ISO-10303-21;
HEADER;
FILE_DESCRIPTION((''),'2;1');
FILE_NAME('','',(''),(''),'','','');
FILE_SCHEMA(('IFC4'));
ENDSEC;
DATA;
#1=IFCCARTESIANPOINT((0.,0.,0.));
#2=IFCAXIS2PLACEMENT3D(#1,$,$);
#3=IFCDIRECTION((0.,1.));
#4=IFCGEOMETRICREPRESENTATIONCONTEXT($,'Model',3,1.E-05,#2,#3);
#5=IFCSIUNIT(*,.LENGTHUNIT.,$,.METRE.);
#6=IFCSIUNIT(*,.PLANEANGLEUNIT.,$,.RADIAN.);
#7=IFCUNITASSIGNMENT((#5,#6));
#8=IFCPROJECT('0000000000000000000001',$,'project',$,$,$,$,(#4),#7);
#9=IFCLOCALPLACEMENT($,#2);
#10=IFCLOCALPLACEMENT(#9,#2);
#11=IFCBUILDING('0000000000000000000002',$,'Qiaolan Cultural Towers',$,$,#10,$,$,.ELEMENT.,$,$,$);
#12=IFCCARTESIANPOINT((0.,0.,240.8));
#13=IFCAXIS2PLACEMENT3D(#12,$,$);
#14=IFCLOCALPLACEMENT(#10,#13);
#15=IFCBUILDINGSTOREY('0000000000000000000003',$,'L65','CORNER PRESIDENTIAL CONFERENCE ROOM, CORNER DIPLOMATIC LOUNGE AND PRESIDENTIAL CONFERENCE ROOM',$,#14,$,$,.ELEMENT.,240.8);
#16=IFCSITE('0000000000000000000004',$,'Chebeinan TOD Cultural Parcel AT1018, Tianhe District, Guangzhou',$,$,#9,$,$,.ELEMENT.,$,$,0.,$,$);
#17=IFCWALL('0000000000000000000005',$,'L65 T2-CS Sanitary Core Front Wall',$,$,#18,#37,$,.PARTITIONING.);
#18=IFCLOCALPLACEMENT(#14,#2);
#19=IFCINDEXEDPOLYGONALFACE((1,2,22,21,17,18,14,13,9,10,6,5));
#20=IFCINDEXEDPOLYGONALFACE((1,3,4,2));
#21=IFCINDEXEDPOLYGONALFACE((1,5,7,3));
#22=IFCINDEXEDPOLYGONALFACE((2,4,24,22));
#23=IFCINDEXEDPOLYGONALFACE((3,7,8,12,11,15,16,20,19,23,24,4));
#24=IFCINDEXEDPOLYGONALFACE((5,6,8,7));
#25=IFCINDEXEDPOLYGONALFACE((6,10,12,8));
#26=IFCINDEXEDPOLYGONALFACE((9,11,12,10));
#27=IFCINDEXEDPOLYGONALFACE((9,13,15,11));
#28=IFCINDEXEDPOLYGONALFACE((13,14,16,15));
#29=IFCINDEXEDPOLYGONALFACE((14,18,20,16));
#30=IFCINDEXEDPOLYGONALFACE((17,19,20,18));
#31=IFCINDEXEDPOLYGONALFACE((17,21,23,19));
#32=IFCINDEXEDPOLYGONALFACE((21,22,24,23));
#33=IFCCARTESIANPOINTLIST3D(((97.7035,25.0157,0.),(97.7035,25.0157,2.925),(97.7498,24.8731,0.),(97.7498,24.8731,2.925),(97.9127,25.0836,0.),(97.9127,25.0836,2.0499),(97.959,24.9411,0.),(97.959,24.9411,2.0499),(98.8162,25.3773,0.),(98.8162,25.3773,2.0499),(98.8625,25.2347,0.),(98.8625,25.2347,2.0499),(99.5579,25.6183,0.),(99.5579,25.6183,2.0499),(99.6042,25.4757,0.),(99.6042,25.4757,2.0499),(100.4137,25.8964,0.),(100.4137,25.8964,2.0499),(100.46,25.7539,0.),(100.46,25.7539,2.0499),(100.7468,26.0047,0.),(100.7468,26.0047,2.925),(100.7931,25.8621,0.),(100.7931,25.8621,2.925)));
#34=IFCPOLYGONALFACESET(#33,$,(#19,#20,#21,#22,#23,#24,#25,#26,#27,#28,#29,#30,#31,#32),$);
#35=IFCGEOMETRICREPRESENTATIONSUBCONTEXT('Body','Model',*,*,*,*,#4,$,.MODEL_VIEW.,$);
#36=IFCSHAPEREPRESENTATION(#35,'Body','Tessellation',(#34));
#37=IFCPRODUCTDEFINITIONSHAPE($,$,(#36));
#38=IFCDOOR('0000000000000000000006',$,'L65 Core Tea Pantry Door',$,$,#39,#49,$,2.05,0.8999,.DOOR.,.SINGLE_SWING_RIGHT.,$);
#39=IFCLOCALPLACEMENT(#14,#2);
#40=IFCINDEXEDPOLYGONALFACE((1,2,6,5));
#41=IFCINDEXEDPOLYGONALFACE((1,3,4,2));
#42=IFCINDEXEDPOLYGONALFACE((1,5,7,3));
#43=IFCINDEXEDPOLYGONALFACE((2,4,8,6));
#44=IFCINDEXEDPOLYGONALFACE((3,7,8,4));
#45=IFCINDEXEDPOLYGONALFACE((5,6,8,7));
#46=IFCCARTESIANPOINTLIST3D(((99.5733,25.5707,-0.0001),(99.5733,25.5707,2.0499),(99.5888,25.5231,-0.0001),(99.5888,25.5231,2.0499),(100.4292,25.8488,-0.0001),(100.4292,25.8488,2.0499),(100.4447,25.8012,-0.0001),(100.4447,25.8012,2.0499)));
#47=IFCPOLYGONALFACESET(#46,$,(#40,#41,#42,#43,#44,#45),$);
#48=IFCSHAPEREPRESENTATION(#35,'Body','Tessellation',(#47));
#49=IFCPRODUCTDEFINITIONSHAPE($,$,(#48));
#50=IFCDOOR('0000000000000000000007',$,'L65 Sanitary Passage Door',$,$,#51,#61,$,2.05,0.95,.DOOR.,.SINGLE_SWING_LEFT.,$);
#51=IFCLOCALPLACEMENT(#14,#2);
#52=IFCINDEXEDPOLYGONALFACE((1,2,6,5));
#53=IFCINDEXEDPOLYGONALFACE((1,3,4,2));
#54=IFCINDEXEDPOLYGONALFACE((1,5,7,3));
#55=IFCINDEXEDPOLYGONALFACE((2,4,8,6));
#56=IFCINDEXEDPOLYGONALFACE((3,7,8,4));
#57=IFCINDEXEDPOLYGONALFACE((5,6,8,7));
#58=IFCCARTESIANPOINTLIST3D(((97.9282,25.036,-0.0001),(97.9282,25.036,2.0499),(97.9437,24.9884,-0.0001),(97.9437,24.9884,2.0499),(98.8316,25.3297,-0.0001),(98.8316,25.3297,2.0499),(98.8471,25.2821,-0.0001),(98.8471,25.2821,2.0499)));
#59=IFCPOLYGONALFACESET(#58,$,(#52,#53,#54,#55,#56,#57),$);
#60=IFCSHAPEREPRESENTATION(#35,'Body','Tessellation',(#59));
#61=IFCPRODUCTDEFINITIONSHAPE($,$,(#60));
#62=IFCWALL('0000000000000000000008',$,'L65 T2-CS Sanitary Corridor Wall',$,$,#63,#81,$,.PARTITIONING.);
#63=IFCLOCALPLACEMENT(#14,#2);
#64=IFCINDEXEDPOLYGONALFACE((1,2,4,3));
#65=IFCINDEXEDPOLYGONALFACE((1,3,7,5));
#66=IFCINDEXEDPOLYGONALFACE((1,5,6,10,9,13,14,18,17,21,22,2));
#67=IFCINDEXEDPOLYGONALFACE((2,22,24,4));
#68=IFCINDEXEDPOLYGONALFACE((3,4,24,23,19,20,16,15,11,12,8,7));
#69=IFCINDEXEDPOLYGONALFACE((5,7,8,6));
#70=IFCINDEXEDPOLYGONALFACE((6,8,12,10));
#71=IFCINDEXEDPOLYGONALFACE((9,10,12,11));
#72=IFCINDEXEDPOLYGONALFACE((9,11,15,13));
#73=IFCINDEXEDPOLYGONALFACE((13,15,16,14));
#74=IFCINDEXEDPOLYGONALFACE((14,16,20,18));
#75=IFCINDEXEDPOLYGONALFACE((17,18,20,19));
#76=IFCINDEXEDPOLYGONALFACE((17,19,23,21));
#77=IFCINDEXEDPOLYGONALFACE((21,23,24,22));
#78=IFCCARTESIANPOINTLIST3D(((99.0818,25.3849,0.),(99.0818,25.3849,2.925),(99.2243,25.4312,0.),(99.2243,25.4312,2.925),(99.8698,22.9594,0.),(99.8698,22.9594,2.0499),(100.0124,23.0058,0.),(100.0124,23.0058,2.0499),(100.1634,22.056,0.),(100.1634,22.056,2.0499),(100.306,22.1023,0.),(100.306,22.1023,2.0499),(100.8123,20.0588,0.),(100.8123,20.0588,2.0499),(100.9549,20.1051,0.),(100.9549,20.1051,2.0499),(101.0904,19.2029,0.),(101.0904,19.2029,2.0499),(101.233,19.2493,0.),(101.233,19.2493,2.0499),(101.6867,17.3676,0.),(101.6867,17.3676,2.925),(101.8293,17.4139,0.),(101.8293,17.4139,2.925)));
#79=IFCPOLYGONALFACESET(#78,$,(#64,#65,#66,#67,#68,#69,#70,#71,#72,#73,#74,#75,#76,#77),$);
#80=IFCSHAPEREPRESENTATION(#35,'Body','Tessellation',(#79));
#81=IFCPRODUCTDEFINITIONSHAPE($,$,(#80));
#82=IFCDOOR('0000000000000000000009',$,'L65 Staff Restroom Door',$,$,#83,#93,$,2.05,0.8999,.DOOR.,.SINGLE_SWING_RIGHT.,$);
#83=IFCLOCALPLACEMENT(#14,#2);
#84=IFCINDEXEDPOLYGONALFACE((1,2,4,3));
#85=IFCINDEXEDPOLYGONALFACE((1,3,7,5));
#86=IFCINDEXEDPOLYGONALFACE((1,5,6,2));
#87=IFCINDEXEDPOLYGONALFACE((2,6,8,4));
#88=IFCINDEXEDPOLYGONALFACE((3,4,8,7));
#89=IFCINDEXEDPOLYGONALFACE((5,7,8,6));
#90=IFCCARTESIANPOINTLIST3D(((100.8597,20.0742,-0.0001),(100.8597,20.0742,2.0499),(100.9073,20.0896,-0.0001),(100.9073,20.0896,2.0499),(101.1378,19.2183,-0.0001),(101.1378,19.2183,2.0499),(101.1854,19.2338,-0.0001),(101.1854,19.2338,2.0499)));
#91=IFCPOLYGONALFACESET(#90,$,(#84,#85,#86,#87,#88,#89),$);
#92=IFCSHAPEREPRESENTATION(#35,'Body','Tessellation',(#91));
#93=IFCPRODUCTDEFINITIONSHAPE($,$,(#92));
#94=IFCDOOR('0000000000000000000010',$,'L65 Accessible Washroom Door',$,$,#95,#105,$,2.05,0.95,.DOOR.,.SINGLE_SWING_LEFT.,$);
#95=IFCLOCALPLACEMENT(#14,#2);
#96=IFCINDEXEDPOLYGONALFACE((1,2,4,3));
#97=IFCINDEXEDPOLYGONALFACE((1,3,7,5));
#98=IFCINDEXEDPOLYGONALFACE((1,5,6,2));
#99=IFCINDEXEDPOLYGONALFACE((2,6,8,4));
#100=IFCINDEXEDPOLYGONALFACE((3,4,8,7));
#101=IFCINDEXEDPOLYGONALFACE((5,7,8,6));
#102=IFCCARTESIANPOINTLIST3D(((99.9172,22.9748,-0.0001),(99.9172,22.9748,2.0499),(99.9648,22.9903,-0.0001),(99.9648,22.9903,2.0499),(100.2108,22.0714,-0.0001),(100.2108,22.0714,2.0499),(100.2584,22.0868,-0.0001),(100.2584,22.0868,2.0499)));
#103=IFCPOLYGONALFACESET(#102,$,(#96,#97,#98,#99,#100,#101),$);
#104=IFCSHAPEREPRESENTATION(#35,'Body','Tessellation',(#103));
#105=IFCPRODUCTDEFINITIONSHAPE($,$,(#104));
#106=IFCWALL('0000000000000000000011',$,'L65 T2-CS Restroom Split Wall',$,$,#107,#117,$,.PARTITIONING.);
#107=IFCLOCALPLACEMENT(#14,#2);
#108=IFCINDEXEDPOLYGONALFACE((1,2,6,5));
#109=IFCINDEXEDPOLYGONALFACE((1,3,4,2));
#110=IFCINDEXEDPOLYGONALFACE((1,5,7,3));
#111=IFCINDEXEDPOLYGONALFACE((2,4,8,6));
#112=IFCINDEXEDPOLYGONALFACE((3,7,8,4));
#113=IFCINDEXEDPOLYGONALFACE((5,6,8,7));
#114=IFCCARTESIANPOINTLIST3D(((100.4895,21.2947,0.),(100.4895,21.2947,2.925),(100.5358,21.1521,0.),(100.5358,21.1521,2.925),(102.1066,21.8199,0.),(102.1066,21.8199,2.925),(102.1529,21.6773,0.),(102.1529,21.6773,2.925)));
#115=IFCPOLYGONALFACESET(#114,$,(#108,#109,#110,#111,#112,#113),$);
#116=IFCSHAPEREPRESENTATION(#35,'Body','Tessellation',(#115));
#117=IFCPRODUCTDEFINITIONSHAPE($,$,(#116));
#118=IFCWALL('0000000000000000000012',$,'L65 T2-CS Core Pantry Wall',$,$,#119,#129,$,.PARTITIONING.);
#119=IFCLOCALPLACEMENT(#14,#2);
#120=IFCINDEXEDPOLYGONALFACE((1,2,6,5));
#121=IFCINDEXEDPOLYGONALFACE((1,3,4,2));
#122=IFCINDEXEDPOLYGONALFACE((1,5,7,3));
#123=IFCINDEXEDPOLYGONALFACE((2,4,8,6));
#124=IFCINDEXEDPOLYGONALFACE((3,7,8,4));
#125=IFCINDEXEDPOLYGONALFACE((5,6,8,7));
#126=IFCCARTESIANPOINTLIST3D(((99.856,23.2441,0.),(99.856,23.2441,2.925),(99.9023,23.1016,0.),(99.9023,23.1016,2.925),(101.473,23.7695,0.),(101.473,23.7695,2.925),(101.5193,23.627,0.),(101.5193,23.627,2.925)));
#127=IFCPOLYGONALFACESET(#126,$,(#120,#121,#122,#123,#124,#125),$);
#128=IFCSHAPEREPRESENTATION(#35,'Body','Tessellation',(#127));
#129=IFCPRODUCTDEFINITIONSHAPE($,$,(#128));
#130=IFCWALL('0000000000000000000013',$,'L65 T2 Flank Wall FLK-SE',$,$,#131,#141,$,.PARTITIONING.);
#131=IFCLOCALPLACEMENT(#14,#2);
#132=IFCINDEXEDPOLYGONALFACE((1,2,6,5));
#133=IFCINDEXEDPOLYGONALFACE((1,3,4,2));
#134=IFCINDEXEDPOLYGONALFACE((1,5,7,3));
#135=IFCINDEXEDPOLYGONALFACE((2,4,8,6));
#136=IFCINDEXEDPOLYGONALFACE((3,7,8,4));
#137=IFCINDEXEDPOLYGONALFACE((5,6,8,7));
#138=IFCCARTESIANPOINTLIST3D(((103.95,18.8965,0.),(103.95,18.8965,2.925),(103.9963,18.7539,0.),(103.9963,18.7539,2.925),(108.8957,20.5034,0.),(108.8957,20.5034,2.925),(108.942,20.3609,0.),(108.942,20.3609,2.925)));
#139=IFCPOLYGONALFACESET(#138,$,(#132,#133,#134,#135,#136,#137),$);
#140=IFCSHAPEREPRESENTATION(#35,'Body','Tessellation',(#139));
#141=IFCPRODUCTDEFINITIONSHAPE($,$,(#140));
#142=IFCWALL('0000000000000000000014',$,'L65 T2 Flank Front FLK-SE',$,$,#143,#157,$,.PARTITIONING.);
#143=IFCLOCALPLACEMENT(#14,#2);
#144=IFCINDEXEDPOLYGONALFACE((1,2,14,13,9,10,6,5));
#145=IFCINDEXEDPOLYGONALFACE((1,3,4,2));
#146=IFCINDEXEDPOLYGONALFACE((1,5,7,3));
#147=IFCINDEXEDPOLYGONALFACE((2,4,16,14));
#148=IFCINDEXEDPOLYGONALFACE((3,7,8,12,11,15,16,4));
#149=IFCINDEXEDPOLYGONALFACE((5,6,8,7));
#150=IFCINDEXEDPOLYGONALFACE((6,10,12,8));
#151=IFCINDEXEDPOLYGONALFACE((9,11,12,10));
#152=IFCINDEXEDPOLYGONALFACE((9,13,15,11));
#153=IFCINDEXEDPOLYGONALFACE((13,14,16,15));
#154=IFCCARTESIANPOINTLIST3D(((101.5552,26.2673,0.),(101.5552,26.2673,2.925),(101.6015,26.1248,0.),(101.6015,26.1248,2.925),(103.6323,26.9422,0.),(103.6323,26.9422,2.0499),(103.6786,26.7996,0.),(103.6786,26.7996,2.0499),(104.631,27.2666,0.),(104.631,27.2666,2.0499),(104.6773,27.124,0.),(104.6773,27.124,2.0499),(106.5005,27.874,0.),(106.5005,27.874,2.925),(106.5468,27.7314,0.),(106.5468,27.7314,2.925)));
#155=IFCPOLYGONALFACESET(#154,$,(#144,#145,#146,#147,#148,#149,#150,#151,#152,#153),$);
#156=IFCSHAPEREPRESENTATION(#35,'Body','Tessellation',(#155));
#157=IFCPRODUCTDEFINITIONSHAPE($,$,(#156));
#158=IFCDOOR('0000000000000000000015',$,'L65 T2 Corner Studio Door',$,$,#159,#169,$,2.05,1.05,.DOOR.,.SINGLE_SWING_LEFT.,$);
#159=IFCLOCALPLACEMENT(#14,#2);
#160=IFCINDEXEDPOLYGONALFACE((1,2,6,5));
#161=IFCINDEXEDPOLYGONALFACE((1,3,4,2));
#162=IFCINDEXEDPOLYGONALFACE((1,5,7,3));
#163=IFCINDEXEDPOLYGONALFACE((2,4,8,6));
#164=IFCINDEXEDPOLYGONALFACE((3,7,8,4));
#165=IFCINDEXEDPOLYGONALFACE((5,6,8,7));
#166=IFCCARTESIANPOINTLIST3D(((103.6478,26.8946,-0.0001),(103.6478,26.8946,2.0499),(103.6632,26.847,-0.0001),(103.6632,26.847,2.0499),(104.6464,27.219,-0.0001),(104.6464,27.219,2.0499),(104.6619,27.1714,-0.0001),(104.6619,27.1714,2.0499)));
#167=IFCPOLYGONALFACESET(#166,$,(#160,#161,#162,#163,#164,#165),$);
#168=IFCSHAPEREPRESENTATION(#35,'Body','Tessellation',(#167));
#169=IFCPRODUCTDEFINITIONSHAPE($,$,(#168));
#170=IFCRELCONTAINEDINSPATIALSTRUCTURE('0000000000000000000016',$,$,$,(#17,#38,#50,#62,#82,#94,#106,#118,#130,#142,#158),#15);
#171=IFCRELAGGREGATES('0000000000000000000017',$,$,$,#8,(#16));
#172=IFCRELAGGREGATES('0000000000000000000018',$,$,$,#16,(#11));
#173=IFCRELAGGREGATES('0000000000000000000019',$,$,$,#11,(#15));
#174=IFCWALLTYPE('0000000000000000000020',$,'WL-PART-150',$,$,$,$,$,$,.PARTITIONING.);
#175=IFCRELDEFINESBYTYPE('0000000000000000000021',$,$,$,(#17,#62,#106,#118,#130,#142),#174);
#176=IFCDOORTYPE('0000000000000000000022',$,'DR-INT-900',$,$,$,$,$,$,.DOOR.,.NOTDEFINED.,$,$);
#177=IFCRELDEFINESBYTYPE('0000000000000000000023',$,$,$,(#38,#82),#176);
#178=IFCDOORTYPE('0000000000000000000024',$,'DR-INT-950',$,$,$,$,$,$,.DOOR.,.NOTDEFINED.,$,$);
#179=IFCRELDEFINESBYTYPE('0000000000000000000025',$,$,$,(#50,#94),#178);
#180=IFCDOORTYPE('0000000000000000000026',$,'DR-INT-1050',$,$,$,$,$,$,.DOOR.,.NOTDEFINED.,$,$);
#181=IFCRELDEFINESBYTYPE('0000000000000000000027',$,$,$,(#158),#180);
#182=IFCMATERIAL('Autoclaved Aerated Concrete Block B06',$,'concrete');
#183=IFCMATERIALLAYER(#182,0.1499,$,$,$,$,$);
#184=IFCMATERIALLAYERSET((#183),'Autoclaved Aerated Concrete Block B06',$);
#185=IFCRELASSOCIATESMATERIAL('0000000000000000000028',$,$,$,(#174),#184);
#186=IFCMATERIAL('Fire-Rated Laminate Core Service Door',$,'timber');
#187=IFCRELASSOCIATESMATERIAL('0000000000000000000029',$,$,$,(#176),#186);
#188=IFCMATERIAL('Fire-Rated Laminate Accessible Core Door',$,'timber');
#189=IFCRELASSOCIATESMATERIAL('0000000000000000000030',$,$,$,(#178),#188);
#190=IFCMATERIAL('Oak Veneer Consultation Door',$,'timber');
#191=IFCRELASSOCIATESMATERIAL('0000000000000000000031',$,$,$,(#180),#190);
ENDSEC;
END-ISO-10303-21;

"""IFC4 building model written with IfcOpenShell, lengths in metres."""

from ifc_helpers import new_model, si_unit, direction, frame, frame_2d, origin, place, context, subcontext, project, spatial, rectangle, extrude, material, layer, layer_set, type_object, element, fill, save


model = new_model("IFC4")

# Units and contexts
model_context = context("Model", 3, precision=1e-05, world=origin(), true_north=direction((0.0, 1.0)))
body_context = subcontext(model_context, "Body", "Model", "MODEL_VIEW")
ifc_project = project(units=[si_unit("LENGTHUNIT", "METRE"), si_unit("PLANEANGLEUNIT", "RADIAN")], contexts=[model_context])

# Site, building, storey
site_placement = place(None, origin())
site = spatial("IfcSite", under=ifc_project, at=site_placement, Name="Chebeinan TOD Cultural Parcel AT1018, Tianhe District, Guangzhou", CompositionType="ELEMENT", RefElevation=0.0)
building_placement = place(site_placement, origin())
building = spatial("IfcBuilding", under=site, at=building_placement, Name="Qiaolan Cultural Towers", CompositionType="ELEMENT")
storey_placement = place(building_placement, frame((0.0, 0.0, 240.8)))
storey = spatial("IfcBuildingStorey", under=building, at=storey_placement, Name="L65", Description="CORNER PRESIDENTIAL CONFERENCE ROOM, CORNER DIPLOMATIC LOUNGE AND PRESIDENTIAL CONFERENCE ROOM", CompositionType="ELEMENT", Elevation=240.8)

# Walls, openings, doors
ifc_material_1 = material(Name="Autoclaved Aerated Concrete Block B06", Category="concrete")
ifc_layer_1 = layer(ifc_material_1, 0.1499)
ifc_layer_set_1 = layer_set([ifc_layer_1], Name="Autoclaved Aerated Concrete Block B06")
wall_type_1 = type_object("IfcWallType", Name="WL-PART-150", PredefinedType="PARTITIONING", material=ifc_layer_set_1)
wall_1_placement = place(storey_placement, frame((97.7266, 24.9443, 0.0), z_axis=(0.0, 0.0, 1.0), x_axis=(0.951037, 0.309077, 0.0)))
wall_1 = element("IfcWall", 1, at=wall_1_placement, inside=storey, type_object=wall_type_1, Name="L65 T2-CS Sanitary Core Front Wall", PredefinedType="PARTITIONING", context=body_context, shape_type="SweptSolid", body=[
    extrude(rectangle(XDim=3.2, YDim=0.1499, at=frame_2d((1.6001, 0.0))), origin(), (0.0, 0.0, 1.0), 2.925),
])
opening_1_placement = place(wall_1_placement, frame((0.22, 0.0, 0.0)))
opening_1 = element("IfcOpeningElement", 2, at=opening_1_placement, cuts=wall_1, PredefinedType="OPENING", context=body_context, shape_type="SweptSolid", body=[
    extrude(rectangle(XDim=0.95, YDim=2.05, at=frame_2d((0.4751, 1.0249))), frame((0.0, 0.085, 0.0), z_axis=(0.0, -1.0, 0.0), x_axis=(1.0, 0.0, 0.0)), (0.0, 0.0, 1.0), 0.1699),
])
opening_2_placement = place(wall_1_placement, frame((1.95, 0.0, 0.0)))
opening_2 = element("IfcOpeningElement", 3, at=opening_2_placement, cuts=wall_1, PredefinedType="OPENING", context=body_context, shape_type="SweptSolid", body=[
    extrude(rectangle(XDim=0.8999, YDim=2.05, at=frame_2d((0.45, 1.0249))), frame((0.0, 0.085, 0.0), z_axis=(0.0, -1.0, 0.0), x_axis=(1.0, 0.0, 0.0)), (0.0, 0.0, 1.0), 0.1699),
])
ifc_material_2 = material(Name="Fire-Rated Laminate Core Service Door", Category="timber")
door_type_1 = type_object("IfcDoorType", Name="DR-INT-900", OperationType="NOTDEFINED", PredefinedType="DOOR", material=ifc_material_2)
door_1_placement = place(opening_2_placement, origin())
door_1 = element("IfcDoor", 4, at=door_1_placement, inside=storey, type_object=door_type_1, Name="L65 Core Tea Pantry Door", OperationType="SINGLE_SWING_RIGHT", OverallHeight=2.05, OverallWidth=0.8999, PredefinedType="DOOR", context=body_context, shape_type="SweptSolid", body=[
    extrude(rectangle(XDim=0.8999, YDim=2.05, at=frame_2d((0.45, 1.0249))), frame((0.0, 0.0249, 0.0), z_axis=(0.0, -1.0, 0.0), x_axis=(1.0, 0.0, 0.0)), (0.0, 0.0, 1.0), 0.05),
])
fill(opening_2, door_1)
ifc_material_3 = material(Name="Fire-Rated Laminate Accessible Core Door", Category="timber")
door_type_2 = type_object("IfcDoorType", Name="DR-INT-950", OperationType="NOTDEFINED", PredefinedType="DOOR", material=ifc_material_3)
door_2_placement = place(opening_1_placement, origin())
door_2 = element("IfcDoor", 5, at=door_2_placement, inside=storey, type_object=door_type_2, Name="L65 Sanitary Passage Door", OperationType="SINGLE_SWING_LEFT", OverallHeight=2.05, OverallWidth=0.95, PredefinedType="DOOR", context=body_context, shape_type="SweptSolid", body=[
    extrude(rectangle(XDim=0.95, YDim=2.05, at=frame_2d((0.4751, 1.0249))), frame((0.0, 0.0249, 0.0), z_axis=(0.0, -1.0, 0.0), x_axis=(1.0, 0.0, 0.0)), (0.0, 0.0, 1.0), 0.05),
])
fill(opening_1, door_2)
wall_2_placement = place(storey_placement, frame((99.1531, 25.408, 0.0), z_axis=(0.0, 0.0, 1.0), x_axis=(0.309016, -0.951057, 0.0)))
wall_2 = element("IfcWall", 6, at=wall_2_placement, inside=storey, type_object=wall_type_1, Name="L65 T2-CS Sanitary Corridor Wall", PredefinedType="PARTITIONING", context=body_context, shape_type="SweptSolid", body=[
    extrude(rectangle(XDim=8.4299, YDim=0.1499, at=frame_2d((4.2148, 0.0))), origin(), (0.0, 0.0, 1.0), 2.925),
])
opening_3_placement = place(wall_2_placement, frame((2.55, 0.0, 0.0)))
opening_3 = element("IfcOpeningElement", 7, at=opening_3_placement, cuts=wall_2, PredefinedType="OPENING", context=body_context, shape_type="SweptSolid", body=[
    extrude(rectangle(XDim=0.95, YDim=2.05, at=frame_2d((0.4751, 1.0249))), frame((0.0, 0.085, 0.0), z_axis=(0.0, -1.0, 0.0), x_axis=(1.0, 0.0, 0.0)), (0.0, 0.0, 1.0), 0.1699),
])
opening_4_placement = place(wall_2_placement, frame((5.6001, 0.0, 0.0)))
opening_4 = element("IfcOpeningElement", 8, at=opening_4_placement, cuts=wall_2, PredefinedType="OPENING", context=body_context, shape_type="SweptSolid", body=[
    extrude(rectangle(XDim=0.8999, YDim=2.05, at=frame_2d((0.45, 1.0249))), frame((0.0, 0.085, 0.0), z_axis=(0.0, -1.0, 0.0), x_axis=(1.0, 0.0, 0.0)), (0.0, 0.0, 1.0), 0.1699),
])
door_3_placement = place(opening_4_placement, origin())
door_3 = element("IfcDoor", 9, at=door_3_placement, inside=storey, type_object=door_type_1, Name="L65 Staff Restroom Door", OperationType="SINGLE_SWING_RIGHT", OverallHeight=2.05, OverallWidth=0.8999, PredefinedType="DOOR", context=body_context, shape_type="SweptSolid", body=[
    extrude(rectangle(XDim=0.8999, YDim=2.05, at=frame_2d((0.45, 1.0249))), frame((0.0, 0.0249, 0.0), z_axis=(0.0, -1.0, 0.0), x_axis=(1.0, 0.0, 0.0)), (0.0, 0.0, 1.0), 0.05),
])
fill(opening_4, door_3)
door_4_placement = place(opening_3_placement, origin())
door_4 = element("IfcDoor", 10, at=door_4_placement, inside=storey, type_object=door_type_2, Name="L65 Accessible Washroom Door", OperationType="SINGLE_SWING_LEFT", OverallHeight=2.05, OverallWidth=0.95, PredefinedType="DOOR", context=body_context, shape_type="SweptSolid", body=[
    extrude(rectangle(XDim=0.95, YDim=2.05, at=frame_2d((0.4751, 1.0249))), frame((0.0, 0.0249, 0.0), z_axis=(0.0, -1.0, 0.0), x_axis=(1.0, 0.0, 0.0)), (0.0, 0.0, 1.0), 0.05),
])
fill(opening_3, door_4)

# Walls
for number, where, z_axis, x_axis, name in (
    (11, (100.5127, 21.2234, 0.0), (0.0, 0.0, 1.0), (0.951096, 0.308894, 0.0), "L65 T2-CS Restroom Split Wall"),
    (12, (99.8792, 23.1729, 0.0), (0.0, 0.0, 1.0), (0.951054, 0.309024, 0.0), "L65 T2-CS Core Pantry Wall"),
):
    element("IfcWall", number, at=place(storey_placement, frame(where, z_axis=z_axis, x_axis=x_axis)), inside=storey, type_object=wall_type_1, Name=name, PredefinedType="PARTITIONING", context=body_context, shape_type="SweptSolid", body=[
        extrude(rectangle(XDim=1.7002, YDim=0.1499, at=frame_2d((0.8501, 0.0))), origin(), (0.0, 0.0, 1.0), 2.925),
    ])
wall_3_placement = place(storey_placement, frame((103.9731, 18.8252, 0.0), z_axis=(0.0, 0.0, 1.0), x_axis=(0.951055, 0.309021, 0.0)))
element("IfcWall", 13, at=wall_3_placement, inside=storey, type_object=wall_type_1, Name="L65 T2 Flank Wall FLK-SE", PredefinedType="PARTITIONING", context=body_context, shape_type="SweptSolid", body=[
    extrude(rectangle(XDim=5.2002, YDim=0.1499, at=frame_2d((2.6001, 0.0))), origin(), (0.0, 0.0, 1.0), 2.925),
])

# Wall, opening, door
wall_4_placement = place(storey_placement, frame((101.5784, 26.196, 0.0), z_axis=(0.0, 0.0, 1.0), x_axis=(0.951064, 0.308993, 0.0)))
wall_4 = element("IfcWall", 14, at=wall_4_placement, inside=storey, type_object=wall_type_1, Name="L65 T2 Flank Front FLK-SE", PredefinedType="PARTITIONING", context=body_context, shape_type="SweptSolid", body=[
    extrude(rectangle(XDim=5.1997, YDim=0.1499, at=frame_2d((2.5999, 0.0))), origin(), (0.0, 0.0, 1.0), 2.925),
])
opening_5_placement = place(wall_4_placement, frame((2.1841, 0.0, 0.0)))
opening_5 = element("IfcOpeningElement", 15, at=opening_5_placement, cuts=wall_4, PredefinedType="OPENING", context=body_context, shape_type="SweptSolid", body=[
    extrude(rectangle(XDim=1.05, YDim=2.05, at=frame_2d((0.5249, 1.0249))), frame((0.0, 0.085, 0.0), z_axis=(0.0, -1.0, 0.0), x_axis=(1.0, 0.0, 0.0)), (0.0, 0.0, 1.0), 0.1699),
])
ifc_material_4 = material(Name="Oak Veneer Consultation Door", Category="timber")
door_type_3 = type_object("IfcDoorType", Name="DR-INT-1050", OperationType="NOTDEFINED", PredefinedType="DOOR", material=ifc_material_4)
door_5_placement = place(opening_5_placement, origin())
door_5 = element("IfcDoor", 16, at=door_5_placement, inside=storey, type_object=door_type_3, Name="L65 T2 Corner Studio Door", OperationType="SINGLE_SWING_LEFT", OverallHeight=2.05, OverallWidth=1.05, PredefinedType="DOOR", context=body_context, shape_type="SweptSolid", body=[
    extrude(rectangle(XDim=1.05, YDim=2.05, at=frame_2d((0.5249, 1.0249))), frame((0.0, 0.0249, 0.0), z_axis=(0.0, -1.0, 0.0), x_axis=(1.0, 0.0, 0.0)), (0.0, 0.0, 1.0), 0.05),
])
fill(opening_5, door_5)

save(model, "model.ifc")
